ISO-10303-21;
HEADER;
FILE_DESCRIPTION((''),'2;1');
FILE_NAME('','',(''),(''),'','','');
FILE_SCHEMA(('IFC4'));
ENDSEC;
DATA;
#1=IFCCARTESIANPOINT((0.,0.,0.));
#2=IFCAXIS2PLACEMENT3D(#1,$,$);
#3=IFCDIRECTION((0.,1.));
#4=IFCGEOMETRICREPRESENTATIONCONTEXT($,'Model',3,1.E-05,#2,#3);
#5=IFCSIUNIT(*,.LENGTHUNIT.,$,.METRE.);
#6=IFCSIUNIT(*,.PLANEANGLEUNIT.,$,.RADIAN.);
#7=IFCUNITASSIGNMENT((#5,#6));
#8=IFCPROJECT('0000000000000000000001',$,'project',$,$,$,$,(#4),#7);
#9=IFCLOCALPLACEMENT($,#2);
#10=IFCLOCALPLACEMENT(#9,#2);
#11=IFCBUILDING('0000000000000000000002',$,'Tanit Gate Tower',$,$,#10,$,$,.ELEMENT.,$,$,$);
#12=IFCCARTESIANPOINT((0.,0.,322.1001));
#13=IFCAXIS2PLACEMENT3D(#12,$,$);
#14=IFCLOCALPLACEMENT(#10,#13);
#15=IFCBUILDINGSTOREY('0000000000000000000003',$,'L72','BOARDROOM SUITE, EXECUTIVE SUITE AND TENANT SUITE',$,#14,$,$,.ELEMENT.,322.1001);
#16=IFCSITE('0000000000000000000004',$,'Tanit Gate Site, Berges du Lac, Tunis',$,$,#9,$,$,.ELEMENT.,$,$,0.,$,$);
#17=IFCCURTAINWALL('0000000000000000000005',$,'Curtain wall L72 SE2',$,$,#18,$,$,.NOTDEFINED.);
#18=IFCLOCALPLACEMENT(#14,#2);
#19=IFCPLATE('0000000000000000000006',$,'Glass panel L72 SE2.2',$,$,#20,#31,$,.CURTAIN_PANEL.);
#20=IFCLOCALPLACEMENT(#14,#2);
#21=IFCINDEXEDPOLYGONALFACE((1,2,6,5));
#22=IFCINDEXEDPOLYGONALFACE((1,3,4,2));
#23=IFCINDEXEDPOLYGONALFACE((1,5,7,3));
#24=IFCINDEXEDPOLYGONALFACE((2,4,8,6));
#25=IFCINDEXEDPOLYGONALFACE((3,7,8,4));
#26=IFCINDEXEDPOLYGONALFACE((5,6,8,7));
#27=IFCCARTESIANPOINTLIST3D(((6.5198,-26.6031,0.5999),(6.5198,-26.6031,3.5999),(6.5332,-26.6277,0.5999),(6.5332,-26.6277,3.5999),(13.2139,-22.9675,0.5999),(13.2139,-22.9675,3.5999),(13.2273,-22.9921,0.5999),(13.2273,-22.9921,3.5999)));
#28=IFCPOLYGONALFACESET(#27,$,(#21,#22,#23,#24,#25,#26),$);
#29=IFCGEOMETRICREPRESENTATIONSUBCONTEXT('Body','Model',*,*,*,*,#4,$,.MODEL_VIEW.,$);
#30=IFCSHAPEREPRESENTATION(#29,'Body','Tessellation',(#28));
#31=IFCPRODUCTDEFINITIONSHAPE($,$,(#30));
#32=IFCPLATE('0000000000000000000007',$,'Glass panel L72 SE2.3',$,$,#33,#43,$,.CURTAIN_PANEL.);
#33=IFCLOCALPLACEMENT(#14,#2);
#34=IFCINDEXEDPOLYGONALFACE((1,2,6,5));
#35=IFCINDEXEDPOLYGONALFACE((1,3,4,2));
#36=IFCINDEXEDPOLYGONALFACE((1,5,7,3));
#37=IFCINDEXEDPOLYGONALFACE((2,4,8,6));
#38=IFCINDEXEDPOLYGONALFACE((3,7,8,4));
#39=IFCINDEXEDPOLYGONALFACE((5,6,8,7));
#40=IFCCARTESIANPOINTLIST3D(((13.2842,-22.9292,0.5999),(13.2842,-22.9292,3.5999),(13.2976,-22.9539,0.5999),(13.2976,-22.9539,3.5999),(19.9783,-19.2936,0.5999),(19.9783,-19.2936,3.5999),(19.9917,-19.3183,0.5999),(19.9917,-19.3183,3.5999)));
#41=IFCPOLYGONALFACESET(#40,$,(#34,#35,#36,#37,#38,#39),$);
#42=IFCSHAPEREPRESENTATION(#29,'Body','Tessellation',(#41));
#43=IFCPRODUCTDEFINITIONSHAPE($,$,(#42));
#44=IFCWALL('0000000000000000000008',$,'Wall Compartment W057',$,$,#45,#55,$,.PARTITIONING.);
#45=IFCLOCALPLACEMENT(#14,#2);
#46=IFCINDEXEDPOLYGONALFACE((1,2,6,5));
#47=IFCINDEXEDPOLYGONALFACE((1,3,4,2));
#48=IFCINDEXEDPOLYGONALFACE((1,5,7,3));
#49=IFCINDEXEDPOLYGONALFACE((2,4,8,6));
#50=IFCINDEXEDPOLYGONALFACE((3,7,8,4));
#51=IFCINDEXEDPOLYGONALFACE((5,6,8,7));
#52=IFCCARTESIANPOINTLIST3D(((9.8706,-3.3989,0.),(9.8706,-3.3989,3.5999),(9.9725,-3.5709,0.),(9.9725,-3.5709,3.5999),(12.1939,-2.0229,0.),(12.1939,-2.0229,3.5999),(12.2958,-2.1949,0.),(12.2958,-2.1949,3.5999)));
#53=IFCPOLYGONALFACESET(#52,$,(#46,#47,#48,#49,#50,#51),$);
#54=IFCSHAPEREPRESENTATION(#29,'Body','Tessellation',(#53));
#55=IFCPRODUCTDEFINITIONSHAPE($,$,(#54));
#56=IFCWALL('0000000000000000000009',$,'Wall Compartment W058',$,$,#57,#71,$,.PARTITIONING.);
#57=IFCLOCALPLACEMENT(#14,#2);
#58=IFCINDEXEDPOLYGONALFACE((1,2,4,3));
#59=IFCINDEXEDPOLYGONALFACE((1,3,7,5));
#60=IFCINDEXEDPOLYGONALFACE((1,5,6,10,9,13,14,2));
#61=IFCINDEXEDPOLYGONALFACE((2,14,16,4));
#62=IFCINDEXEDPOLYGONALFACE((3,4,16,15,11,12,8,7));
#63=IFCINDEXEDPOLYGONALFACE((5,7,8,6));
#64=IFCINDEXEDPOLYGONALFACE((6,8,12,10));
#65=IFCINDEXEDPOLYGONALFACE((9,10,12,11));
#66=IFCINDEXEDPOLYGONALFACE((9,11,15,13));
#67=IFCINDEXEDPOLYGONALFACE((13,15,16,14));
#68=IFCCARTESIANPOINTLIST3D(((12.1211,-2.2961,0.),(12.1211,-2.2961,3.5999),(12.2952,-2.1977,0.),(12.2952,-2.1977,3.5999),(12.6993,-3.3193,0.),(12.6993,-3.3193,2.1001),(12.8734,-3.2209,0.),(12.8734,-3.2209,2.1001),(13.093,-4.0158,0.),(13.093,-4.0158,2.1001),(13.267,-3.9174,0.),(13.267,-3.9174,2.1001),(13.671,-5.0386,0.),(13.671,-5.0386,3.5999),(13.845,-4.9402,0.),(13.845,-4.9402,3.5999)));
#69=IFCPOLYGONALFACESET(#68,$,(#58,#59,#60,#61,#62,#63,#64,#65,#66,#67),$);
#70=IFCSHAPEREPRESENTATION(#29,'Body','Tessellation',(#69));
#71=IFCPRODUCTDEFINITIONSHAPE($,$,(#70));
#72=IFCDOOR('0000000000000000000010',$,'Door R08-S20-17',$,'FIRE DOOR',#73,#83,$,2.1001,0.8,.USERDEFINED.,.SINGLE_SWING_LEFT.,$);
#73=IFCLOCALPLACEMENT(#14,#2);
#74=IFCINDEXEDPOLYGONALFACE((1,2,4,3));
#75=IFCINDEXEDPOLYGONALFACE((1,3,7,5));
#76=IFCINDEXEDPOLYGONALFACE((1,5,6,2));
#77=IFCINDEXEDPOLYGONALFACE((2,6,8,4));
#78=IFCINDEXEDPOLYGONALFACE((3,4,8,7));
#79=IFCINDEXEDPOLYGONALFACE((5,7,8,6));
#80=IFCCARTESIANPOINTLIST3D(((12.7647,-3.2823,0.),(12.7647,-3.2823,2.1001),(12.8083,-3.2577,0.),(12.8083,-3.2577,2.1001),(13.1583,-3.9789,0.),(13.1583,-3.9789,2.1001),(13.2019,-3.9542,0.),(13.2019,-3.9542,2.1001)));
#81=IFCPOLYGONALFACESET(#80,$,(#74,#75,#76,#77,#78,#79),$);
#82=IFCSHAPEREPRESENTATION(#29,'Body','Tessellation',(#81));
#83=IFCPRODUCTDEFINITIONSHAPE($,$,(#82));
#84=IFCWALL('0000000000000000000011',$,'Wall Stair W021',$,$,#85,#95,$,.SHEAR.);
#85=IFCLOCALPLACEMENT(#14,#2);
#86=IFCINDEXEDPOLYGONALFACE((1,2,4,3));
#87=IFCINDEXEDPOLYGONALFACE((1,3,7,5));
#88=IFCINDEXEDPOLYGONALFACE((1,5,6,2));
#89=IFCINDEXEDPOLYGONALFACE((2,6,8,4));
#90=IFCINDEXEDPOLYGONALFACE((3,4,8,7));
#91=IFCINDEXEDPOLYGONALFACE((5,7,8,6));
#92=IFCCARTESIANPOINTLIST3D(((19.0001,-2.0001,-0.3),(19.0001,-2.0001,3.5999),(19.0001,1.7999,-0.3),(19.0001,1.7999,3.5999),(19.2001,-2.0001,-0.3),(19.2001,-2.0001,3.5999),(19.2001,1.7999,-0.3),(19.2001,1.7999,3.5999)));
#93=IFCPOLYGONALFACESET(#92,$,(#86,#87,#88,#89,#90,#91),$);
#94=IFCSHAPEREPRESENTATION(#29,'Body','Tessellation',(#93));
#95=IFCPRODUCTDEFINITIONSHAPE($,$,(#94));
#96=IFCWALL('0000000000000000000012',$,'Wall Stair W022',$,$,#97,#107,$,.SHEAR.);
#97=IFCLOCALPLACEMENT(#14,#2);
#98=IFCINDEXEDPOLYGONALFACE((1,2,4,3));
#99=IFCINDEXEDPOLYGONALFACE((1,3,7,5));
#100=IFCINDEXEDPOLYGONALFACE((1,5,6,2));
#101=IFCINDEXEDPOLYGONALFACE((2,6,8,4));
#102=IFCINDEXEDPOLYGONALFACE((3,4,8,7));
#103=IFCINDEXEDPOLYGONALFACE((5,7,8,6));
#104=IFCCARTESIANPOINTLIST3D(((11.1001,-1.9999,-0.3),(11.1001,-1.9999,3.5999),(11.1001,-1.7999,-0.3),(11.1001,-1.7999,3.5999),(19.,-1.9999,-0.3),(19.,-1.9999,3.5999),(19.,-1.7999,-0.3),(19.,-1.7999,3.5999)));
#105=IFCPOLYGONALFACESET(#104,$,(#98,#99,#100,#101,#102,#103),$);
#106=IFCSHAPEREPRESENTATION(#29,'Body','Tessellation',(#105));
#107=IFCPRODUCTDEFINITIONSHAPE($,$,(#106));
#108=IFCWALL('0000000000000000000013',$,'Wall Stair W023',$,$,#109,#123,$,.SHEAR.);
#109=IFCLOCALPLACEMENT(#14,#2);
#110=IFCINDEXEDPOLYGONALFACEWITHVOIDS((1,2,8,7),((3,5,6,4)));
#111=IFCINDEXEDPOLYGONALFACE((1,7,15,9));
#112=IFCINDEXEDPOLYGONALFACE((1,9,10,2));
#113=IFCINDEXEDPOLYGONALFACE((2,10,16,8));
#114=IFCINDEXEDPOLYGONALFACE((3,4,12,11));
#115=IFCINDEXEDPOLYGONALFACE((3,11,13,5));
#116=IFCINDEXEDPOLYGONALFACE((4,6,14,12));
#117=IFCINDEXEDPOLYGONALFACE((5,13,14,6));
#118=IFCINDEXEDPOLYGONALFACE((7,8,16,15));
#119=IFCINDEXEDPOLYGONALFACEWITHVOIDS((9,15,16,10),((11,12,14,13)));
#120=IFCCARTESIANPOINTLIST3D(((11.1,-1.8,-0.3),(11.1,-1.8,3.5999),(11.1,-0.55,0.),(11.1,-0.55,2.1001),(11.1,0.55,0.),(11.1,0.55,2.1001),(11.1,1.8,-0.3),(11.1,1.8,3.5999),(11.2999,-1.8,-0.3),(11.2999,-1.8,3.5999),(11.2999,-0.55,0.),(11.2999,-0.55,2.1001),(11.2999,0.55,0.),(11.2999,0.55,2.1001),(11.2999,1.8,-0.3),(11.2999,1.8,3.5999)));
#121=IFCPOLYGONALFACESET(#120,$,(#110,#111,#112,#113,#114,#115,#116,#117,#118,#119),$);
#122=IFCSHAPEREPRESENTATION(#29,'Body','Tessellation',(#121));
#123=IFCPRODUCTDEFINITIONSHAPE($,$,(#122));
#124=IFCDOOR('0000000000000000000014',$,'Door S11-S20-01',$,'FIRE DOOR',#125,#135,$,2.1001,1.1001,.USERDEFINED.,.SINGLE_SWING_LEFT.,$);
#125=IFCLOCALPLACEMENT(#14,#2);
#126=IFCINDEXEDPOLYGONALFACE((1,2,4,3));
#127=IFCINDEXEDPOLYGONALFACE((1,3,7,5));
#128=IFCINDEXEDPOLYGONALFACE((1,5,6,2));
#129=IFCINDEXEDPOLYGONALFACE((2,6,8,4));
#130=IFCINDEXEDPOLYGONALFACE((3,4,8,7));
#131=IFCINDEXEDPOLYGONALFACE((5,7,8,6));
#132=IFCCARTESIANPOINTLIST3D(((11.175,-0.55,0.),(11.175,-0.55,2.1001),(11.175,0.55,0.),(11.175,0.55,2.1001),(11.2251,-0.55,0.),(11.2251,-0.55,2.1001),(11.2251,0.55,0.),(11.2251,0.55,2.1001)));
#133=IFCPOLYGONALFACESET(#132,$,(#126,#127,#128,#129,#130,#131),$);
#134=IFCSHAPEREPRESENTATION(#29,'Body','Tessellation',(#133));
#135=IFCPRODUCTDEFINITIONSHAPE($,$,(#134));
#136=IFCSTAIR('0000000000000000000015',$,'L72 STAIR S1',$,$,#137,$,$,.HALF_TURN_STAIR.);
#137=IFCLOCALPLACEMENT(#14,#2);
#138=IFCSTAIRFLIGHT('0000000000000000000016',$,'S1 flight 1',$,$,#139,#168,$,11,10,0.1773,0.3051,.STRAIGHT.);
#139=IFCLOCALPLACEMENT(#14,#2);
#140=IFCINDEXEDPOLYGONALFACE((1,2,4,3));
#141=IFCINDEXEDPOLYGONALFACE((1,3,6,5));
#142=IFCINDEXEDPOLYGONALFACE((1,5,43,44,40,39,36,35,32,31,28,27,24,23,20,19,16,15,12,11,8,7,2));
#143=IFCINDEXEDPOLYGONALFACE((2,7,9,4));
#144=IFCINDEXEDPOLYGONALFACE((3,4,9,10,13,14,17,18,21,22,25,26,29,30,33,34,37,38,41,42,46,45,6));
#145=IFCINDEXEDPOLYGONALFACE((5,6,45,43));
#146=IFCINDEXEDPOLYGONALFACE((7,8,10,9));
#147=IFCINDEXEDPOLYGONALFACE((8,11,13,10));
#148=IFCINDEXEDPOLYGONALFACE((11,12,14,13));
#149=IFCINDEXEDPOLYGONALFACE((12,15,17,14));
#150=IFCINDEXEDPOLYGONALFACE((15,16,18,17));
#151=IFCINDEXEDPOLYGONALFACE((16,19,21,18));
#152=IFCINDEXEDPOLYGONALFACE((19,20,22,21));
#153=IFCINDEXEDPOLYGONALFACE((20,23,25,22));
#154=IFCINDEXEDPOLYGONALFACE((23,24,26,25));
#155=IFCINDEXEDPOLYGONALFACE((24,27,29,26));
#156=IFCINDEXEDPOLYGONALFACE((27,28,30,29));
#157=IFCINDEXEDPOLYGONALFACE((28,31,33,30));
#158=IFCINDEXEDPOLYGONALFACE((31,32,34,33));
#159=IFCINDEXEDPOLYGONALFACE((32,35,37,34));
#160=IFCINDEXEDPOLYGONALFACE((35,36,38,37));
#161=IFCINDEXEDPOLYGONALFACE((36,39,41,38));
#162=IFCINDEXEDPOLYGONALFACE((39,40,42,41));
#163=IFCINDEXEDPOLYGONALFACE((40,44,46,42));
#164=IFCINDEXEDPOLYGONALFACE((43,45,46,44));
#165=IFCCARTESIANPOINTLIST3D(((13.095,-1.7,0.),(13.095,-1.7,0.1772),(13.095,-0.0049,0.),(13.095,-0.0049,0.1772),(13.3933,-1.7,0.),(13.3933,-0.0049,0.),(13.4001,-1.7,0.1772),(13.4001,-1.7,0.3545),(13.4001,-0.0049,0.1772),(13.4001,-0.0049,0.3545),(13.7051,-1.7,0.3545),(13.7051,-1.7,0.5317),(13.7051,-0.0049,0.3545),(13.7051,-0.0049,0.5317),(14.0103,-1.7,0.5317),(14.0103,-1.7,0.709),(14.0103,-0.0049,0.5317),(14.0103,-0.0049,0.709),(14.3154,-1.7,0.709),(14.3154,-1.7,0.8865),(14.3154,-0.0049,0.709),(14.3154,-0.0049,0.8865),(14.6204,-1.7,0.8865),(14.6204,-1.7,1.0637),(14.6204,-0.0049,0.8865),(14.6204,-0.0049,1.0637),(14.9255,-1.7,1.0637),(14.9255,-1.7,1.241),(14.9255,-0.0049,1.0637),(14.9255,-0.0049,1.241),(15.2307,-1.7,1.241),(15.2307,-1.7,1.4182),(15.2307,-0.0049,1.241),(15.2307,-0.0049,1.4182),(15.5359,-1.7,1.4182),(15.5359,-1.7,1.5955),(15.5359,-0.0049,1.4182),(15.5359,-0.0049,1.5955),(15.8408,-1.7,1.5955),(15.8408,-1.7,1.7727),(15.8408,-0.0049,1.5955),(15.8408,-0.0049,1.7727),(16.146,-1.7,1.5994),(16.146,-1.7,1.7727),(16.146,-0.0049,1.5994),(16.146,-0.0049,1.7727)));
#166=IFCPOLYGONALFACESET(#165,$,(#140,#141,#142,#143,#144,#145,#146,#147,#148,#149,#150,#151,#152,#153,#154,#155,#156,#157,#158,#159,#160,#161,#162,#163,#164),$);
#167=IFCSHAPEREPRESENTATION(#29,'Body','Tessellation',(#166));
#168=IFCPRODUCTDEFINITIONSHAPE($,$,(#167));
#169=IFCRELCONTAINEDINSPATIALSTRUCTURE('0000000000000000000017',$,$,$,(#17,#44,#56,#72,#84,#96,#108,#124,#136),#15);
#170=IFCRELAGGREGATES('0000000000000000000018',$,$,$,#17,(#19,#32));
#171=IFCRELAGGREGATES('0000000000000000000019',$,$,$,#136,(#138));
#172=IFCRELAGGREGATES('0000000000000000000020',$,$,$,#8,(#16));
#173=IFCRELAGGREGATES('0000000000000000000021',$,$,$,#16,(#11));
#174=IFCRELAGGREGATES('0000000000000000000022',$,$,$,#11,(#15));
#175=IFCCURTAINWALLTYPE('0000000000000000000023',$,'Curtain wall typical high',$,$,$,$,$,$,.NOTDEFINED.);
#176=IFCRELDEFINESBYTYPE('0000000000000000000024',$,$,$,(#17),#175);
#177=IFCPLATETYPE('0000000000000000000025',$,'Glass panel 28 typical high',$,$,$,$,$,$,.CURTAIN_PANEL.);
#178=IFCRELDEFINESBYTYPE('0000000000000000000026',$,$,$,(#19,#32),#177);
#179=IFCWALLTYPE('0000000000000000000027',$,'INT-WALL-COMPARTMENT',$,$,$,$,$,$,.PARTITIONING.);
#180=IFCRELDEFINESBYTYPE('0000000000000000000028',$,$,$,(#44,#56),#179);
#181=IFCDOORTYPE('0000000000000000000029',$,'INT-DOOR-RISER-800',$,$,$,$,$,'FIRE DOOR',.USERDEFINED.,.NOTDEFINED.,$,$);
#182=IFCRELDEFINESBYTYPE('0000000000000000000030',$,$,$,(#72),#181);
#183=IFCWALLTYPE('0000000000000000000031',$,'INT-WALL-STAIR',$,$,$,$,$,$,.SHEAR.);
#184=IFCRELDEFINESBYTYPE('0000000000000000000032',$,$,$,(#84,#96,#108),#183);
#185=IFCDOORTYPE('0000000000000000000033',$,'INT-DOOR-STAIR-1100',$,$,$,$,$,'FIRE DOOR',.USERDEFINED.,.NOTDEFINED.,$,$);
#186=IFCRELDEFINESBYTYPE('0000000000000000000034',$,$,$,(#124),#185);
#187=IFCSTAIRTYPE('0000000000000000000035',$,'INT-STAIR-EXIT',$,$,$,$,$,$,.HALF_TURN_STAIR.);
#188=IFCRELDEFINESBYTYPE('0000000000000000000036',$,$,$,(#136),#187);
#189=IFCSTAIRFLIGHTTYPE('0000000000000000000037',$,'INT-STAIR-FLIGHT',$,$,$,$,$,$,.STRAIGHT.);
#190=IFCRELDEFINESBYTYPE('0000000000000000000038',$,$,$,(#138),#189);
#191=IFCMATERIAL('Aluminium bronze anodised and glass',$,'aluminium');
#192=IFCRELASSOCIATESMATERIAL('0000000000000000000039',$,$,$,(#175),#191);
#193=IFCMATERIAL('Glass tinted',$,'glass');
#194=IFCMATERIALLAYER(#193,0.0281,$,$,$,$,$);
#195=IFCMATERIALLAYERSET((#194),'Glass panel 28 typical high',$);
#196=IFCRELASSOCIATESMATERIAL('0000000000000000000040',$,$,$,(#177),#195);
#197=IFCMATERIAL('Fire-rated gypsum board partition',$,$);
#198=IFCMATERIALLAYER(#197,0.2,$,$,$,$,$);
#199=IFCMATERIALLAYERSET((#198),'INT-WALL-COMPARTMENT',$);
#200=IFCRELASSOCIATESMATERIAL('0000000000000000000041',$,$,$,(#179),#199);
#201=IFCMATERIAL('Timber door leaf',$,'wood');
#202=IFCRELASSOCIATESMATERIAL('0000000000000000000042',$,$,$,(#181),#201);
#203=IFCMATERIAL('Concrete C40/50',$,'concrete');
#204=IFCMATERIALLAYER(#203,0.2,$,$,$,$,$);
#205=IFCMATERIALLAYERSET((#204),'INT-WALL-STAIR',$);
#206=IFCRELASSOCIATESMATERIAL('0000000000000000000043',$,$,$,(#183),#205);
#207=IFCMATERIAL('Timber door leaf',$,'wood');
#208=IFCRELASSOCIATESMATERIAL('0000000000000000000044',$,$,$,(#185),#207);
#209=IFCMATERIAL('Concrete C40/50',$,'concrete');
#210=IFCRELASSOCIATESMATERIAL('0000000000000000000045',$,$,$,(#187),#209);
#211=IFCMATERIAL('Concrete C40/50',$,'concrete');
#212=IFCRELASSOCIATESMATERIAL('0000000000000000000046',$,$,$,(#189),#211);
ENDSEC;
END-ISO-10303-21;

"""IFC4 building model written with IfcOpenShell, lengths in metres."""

from ifc_helpers import new_model, si_unit, direction, frame, frame_2d, origin, origin_2d, place, context, subcontext, project, spatial, polyline, rectangle, outline, extrude, material, layer, layer_set, type_object, element, fill, aggregate, save


model = new_model("IFC4")

# Units and contexts
model_context = context("Model", 3, precision=1e-05, world=origin(), true_north=direction((0.0, 1.0)))
body_context = subcontext(model_context, "Body", "Model", "MODEL_VIEW")
ifc_project = project(units=[si_unit("LENGTHUNIT", "METRE"), si_unit("PLANEANGLEUNIT", "RADIAN")], contexts=[model_context])

# Site, building, storey
site_placement = place(None, origin())
site = spatial("IfcSite", under=ifc_project, at=site_placement, Name="Tanit Gate Site, Berges du Lac, Tunis", CompositionType="ELEMENT", RefElevation=0.0)
building_placement = place(site_placement, origin())
building = spatial("IfcBuilding", under=site, at=building_placement, Name="Tanit Gate Tower", CompositionType="ELEMENT")
storey_placement = place(building_placement, frame((0.0, 0.0, 322.1001)))
storey = spatial("IfcBuildingStorey", under=building, at=storey_placement, Name="L72", Description="BOARDROOM SUITE, EXECUTIVE SUITE AND TENANT SUITE", CompositionType="ELEMENT", Elevation=322.1001)

# Curtain wall
ifc_material_1 = material(Name="Aluminium bronze anodised and glass", Category="aluminium")
curtain_wall_type = type_object("IfcCurtainWallType", Name="Curtain wall typical high", PredefinedType="NOTDEFINED", material=ifc_material_1)
curtain_wall_placement = place(storey_placement, origin())
curtain_wall = element("IfcCurtainWall", 1, at=curtain_wall_placement, inside=storey, type_object=curtain_wall_type, Name="Curtain wall L72 SE2", PredefinedType="NOTDEFINED")

# Plates
ifc_material_2 = material(Name="Glass tinted", Category="glass")
ifc_layer_1 = layer(ifc_material_2, 0.0281)
ifc_layer_set_1 = layer_set([ifc_layer_1], Name="Glass panel 28 typical high")
plate_type = type_object("IfcPlateType", Name="Glass panel 28 typical high", PredefinedType="CURTAIN_PANEL", material=ifc_layer_set_1)
plate_1_placement = place(storey_placement, frame((9.8735, -24.7976, 0.5999), z_axis=(0.0, 0.0, 1.0), x_axis=(0.878762, 0.477259, 0.0)))
plate_1 = element("IfcPlate", 2, at=plate_1_placement, type_object=plate_type, Name="Glass panel L72 SE2.2", PredefinedType="CURTAIN_PANEL", context=body_context, shape_type="SweptSolid", body=[
    extrude(rectangle(XDim=7.6177, YDim=0.0281, at=origin_2d()), origin(), (0.0, 0.0, 1.0), 3.0),
])
plate_2_placement = place(storey_placement, frame((16.6379, -21.1238, 0.5999), z_axis=(0.0, 0.0, 1.0), x_axis=(0.878762, 0.477259, 0.0)))
plate_2 = element("IfcPlate", 3, at=plate_2_placement, type_object=plate_type, Name="Glass panel L72 SE2.3", PredefinedType="CURTAIN_PANEL", context=body_context, shape_type="SweptSolid", body=[
    extrude(rectangle(XDim=7.6177, YDim=0.0281, at=origin_2d()), origin(), (0.0, 0.0, 1.0), 3.0),
])
aggregate(curtain_wall, [plate_1, plate_2])

# Wall
ifc_material_3 = material(Name="Fire-rated gypsum board partition")
ifc_layer_2 = layer(ifc_material_3, 0.2)
ifc_layer_set_2 = layer_set([ifc_layer_2], Name="INT-WALL-COMPARTMENT")
wall_type_1 = type_object("IfcWallType", Name="INT-WALL-COMPARTMENT", PredefinedType="PARTITIONING", material=ifc_layer_set_2)
wall_1_placement = place(storey_placement, frame((12.2449, -2.1089, 0.0), z_axis=(0.0, 0.0, 1.0), x_axis=(-0.860415, -0.509594, 0.0)))
element("IfcWall", 4, at=wall_1_placement, inside=storey, type_object=wall_type_1, Name="Wall Compartment W057", PredefinedType="PARTITIONING", context=body_context, shape_type="SweptSolid", body=[
    extrude(rectangle(XDim=2.7002, YDim=0.2, at=frame_2d((1.3501, 0.0))), origin(), (0.0, 0.0, 1.0), 3.5999),
])

# Wall, opening, door
wall_2_placement = place(storey_placement, frame((13.7581, -4.9895, 0.0), z_axis=(0.0, 0.0, 1.0), x_axis=(-0.491993, 0.870599, 0.0)))
wall_2 = element("IfcWall", 5, at=wall_2_placement, inside=storey, type_object=wall_type_1, Name="Wall Compartment W058", PredefinedType="PARTITIONING", context=body_context, shape_type="SweptSolid", body=[
    extrude(rectangle(XDim=3.1501, YDim=0.2, at=frame_2d((1.5752, 0.0))), origin(), (0.0, 0.0, 1.0), 3.5999),
])
opening_1_placement = place(wall_2_placement, frame((1.175, 0.0, 0.0)))
opening_1 = element("IfcOpeningElement", 6, at=opening_1_placement, cuts=wall_2, PredefinedType="OPENING", context=body_context, shape_type="SweptSolid", body=[
    extrude(rectangle(XDim=0.8, YDim=2.1001, at=frame_2d((0.3999, 1.05))), frame((0.0, 0.1099, 0.0), z_axis=(0.0, -1.0, 0.0), x_axis=(1.0, 0.0, 0.0)), (0.0, 0.0, 1.0), 0.22),
])
ifc_material_4 = material(Name="Timber door leaf", Category="wood")
door_type_1 = type_object("IfcDoorType", Name="INT-DOOR-RISER-800", ElementType="FIRE DOOR", OperationType="NOTDEFINED", PredefinedType="USERDEFINED", material=ifc_material_4)
door_1_placement = place(opening_1_placement, origin())
door_1 = element("IfcDoor", 7, at=door_1_placement, inside=storey, type_object=door_type_1, Name="Door R08-S20-17", ObjectType="FIRE DOOR", OperationType="SINGLE_SWING_LEFT", OverallHeight=2.1001, OverallWidth=0.8, PredefinedType="USERDEFINED", context=body_context, shape_type="SweptSolid", body=[
    extrude(rectangle(XDim=0.8, YDim=2.1001, at=frame_2d((0.3999, 1.05))), frame((0.0, 0.0249, 0.0), z_axis=(0.0, -1.0, 0.0), x_axis=(1.0, 0.0, 0.0)), (0.0, 0.0, 1.0), 0.05),
])
fill(opening_1, door_1)

# Walls
ifc_material_5 = material(Name="Concrete C40/50", Category="concrete")
ifc_layer_3 = layer(ifc_material_5, 0.2)
ifc_layer_set_3 = layer_set([ifc_layer_3], Name="INT-WALL-STAIR")
wall_type_2 = type_object("IfcWallType", Name="INT-WALL-STAIR", PredefinedType="SHEAR", material=ifc_layer_set_3)
wall_3_placement = place(storey_placement, frame((19.1001, -2.0, -0.3), z_axis=(0.0, 0.0, 1.0), x_axis=(0.0, 1.0, 0.0)))
element("IfcWall", 8, at=wall_3_placement, inside=storey, type_object=wall_type_2, Name="Wall Stair W021", PredefinedType="SHEAR", context=body_context, shape_type="SweptSolid", body=[
    extrude(rectangle(XDim=3.8, YDim=0.2, at=frame_2d((1.8999, 0.0))), origin(), (0.0, 0.0, 1.0), 3.8999),
])
wall_4_placement = place(storey_placement, frame((11.1001, -1.8999, -0.3), z_axis=(0.0, 0.0, 1.0), x_axis=(1.0, 0.0, 0.0)))
element("IfcWall", 9, at=wall_4_placement, inside=storey, type_object=wall_type_2, Name="Wall Stair W022", PredefinedType="SHEAR", context=body_context, shape_type="SweptSolid", body=[
    extrude(rectangle(XDim=7.8999, YDim=0.2, at=frame_2d((3.95, 0.0))), origin(), (0.0, 0.0, 1.0), 3.8999),
])

# Wall, opening, door
wall_5_placement = place(storey_placement, frame((11.2, -1.8, -0.3), z_axis=(0.0, 0.0, 1.0), x_axis=(0.0, 1.0, 0.0)))
wall_5 = element("IfcWall", 10, at=wall_5_placement, inside=storey, type_object=wall_type_2, Name="Wall Stair W023", PredefinedType="SHEAR", context=body_context, shape_type="SweptSolid", body=[
    extrude(rectangle(XDim=3.6001, YDim=0.2, at=frame_2d((1.8, 0.0))), origin(), (0.0, 0.0, 1.0), 3.8999),
])
opening_2_placement = place(wall_5_placement, frame((1.25, 0.0, 0.3)))
opening_2 = element("IfcOpeningElement", 11, at=opening_2_placement, cuts=wall_5, PredefinedType="OPENING", context=body_context, shape_type="SweptSolid", body=[
    extrude(rectangle(XDim=1.1001, YDim=2.1001, at=frame_2d((0.55, 1.05))), frame((0.0, 0.1099, 0.0), z_axis=(0.0, -1.0, 0.0), x_axis=(1.0, 0.0, 0.0)), (0.0, 0.0, 1.0), 0.22),
])
ifc_material_6 = material(Name="Timber door leaf", Category="wood")
door_type_2 = type_object("IfcDoorType", Name="INT-DOOR-STAIR-1100", ElementType="FIRE DOOR", OperationType="NOTDEFINED", PredefinedType="USERDEFINED", material=ifc_material_6)
door_2_placement = place(opening_2_placement, origin())
door_2 = element("IfcDoor", 12, at=door_2_placement, inside=storey, type_object=door_type_2, Name="Door S11-S20-01", ObjectType="FIRE DOOR", OperationType="SINGLE_SWING_LEFT", OverallHeight=2.1001, OverallWidth=1.1001, PredefinedType="USERDEFINED", context=body_context, shape_type="SweptSolid", body=[
    extrude(rectangle(XDim=1.1001, YDim=2.1001, at=frame_2d((0.55, 1.05))), frame((0.0, 0.0249, 0.0), z_axis=(0.0, -1.0, 0.0), x_axis=(1.0, 0.0, 0.0)), (0.0, 0.0, 1.0), 0.05),
])
fill(opening_2, door_2)

# Stair, stair flight
ifc_material_7 = material(Name="Concrete C40/50", Category="concrete")
stair_type = type_object("IfcStairType", Name="INT-STAIR-EXIT", PredefinedType="HALF_TURN_STAIR", material=ifc_material_7)
stair_placement = place(storey_placement, origin())
stair = element("IfcStair", 13, at=stair_placement, inside=storey, type_object=stair_type, Name="L72 STAIR S1", PredefinedType="HALF_TURN_STAIR")
ifc_material_8 = material(Name="Concrete C40/50", Category="concrete")
stair_flight_type = type_object("IfcStairFlightType", Name="INT-STAIR-FLIGHT", PredefinedType="STRAIGHT", material=ifc_material_8)
stair_flight_placement = place(storey_placement, frame((13.095, -0.8525, 0.0), z_axis=(0.0, 0.0, 1.0), x_axis=(1.0, 0.0, 0.0)))
stair_flight = element("IfcStairFlight", 14, at=stair_flight_placement, type_object=stair_flight_type, Name="S1 flight 1", NumberOfRisers=11, NumberOfTreads=10, PredefinedType="STRAIGHT", RiserHeight=0.1773, TreadLength=0.3051, context=body_context, shape_type="SweptSolid", body=[
    extrude(outline(polyline([(0.0, 0.0), (0.0, 0.1772), (0.3052, 0.1772), (0.3052, 0.3545), (0.6101, 0.3545), (0.6101, 0.5317), (0.9153, 0.5317), (0.9153, 0.709), (1.2205, 0.709), (1.2205, 0.8865), (1.5254, 0.8865), (1.5254, 1.0637), (1.8306, 1.0637), (1.8306, 1.241), (2.1357, 1.241), (2.1357, 1.4182), (2.4409, 1.4182), (2.4409, 1.5955), (2.7458, 1.5955), (2.7458, 1.7727), (3.051, 1.7727), (3.051, 1.95), (3.051, 1.5994), (0.2983, 0.0), (0.0, 0.0)])), frame((0.0, 0.8477, 0.0), z_axis=(0.0, -1.0, 0.0), x_axis=(1.0, 0.0, 0.0)), (0.0, 0.0, 1.0), 1.6951),
])
aggregate(stair, [stair_flight])

save(model, "model.ifc")
